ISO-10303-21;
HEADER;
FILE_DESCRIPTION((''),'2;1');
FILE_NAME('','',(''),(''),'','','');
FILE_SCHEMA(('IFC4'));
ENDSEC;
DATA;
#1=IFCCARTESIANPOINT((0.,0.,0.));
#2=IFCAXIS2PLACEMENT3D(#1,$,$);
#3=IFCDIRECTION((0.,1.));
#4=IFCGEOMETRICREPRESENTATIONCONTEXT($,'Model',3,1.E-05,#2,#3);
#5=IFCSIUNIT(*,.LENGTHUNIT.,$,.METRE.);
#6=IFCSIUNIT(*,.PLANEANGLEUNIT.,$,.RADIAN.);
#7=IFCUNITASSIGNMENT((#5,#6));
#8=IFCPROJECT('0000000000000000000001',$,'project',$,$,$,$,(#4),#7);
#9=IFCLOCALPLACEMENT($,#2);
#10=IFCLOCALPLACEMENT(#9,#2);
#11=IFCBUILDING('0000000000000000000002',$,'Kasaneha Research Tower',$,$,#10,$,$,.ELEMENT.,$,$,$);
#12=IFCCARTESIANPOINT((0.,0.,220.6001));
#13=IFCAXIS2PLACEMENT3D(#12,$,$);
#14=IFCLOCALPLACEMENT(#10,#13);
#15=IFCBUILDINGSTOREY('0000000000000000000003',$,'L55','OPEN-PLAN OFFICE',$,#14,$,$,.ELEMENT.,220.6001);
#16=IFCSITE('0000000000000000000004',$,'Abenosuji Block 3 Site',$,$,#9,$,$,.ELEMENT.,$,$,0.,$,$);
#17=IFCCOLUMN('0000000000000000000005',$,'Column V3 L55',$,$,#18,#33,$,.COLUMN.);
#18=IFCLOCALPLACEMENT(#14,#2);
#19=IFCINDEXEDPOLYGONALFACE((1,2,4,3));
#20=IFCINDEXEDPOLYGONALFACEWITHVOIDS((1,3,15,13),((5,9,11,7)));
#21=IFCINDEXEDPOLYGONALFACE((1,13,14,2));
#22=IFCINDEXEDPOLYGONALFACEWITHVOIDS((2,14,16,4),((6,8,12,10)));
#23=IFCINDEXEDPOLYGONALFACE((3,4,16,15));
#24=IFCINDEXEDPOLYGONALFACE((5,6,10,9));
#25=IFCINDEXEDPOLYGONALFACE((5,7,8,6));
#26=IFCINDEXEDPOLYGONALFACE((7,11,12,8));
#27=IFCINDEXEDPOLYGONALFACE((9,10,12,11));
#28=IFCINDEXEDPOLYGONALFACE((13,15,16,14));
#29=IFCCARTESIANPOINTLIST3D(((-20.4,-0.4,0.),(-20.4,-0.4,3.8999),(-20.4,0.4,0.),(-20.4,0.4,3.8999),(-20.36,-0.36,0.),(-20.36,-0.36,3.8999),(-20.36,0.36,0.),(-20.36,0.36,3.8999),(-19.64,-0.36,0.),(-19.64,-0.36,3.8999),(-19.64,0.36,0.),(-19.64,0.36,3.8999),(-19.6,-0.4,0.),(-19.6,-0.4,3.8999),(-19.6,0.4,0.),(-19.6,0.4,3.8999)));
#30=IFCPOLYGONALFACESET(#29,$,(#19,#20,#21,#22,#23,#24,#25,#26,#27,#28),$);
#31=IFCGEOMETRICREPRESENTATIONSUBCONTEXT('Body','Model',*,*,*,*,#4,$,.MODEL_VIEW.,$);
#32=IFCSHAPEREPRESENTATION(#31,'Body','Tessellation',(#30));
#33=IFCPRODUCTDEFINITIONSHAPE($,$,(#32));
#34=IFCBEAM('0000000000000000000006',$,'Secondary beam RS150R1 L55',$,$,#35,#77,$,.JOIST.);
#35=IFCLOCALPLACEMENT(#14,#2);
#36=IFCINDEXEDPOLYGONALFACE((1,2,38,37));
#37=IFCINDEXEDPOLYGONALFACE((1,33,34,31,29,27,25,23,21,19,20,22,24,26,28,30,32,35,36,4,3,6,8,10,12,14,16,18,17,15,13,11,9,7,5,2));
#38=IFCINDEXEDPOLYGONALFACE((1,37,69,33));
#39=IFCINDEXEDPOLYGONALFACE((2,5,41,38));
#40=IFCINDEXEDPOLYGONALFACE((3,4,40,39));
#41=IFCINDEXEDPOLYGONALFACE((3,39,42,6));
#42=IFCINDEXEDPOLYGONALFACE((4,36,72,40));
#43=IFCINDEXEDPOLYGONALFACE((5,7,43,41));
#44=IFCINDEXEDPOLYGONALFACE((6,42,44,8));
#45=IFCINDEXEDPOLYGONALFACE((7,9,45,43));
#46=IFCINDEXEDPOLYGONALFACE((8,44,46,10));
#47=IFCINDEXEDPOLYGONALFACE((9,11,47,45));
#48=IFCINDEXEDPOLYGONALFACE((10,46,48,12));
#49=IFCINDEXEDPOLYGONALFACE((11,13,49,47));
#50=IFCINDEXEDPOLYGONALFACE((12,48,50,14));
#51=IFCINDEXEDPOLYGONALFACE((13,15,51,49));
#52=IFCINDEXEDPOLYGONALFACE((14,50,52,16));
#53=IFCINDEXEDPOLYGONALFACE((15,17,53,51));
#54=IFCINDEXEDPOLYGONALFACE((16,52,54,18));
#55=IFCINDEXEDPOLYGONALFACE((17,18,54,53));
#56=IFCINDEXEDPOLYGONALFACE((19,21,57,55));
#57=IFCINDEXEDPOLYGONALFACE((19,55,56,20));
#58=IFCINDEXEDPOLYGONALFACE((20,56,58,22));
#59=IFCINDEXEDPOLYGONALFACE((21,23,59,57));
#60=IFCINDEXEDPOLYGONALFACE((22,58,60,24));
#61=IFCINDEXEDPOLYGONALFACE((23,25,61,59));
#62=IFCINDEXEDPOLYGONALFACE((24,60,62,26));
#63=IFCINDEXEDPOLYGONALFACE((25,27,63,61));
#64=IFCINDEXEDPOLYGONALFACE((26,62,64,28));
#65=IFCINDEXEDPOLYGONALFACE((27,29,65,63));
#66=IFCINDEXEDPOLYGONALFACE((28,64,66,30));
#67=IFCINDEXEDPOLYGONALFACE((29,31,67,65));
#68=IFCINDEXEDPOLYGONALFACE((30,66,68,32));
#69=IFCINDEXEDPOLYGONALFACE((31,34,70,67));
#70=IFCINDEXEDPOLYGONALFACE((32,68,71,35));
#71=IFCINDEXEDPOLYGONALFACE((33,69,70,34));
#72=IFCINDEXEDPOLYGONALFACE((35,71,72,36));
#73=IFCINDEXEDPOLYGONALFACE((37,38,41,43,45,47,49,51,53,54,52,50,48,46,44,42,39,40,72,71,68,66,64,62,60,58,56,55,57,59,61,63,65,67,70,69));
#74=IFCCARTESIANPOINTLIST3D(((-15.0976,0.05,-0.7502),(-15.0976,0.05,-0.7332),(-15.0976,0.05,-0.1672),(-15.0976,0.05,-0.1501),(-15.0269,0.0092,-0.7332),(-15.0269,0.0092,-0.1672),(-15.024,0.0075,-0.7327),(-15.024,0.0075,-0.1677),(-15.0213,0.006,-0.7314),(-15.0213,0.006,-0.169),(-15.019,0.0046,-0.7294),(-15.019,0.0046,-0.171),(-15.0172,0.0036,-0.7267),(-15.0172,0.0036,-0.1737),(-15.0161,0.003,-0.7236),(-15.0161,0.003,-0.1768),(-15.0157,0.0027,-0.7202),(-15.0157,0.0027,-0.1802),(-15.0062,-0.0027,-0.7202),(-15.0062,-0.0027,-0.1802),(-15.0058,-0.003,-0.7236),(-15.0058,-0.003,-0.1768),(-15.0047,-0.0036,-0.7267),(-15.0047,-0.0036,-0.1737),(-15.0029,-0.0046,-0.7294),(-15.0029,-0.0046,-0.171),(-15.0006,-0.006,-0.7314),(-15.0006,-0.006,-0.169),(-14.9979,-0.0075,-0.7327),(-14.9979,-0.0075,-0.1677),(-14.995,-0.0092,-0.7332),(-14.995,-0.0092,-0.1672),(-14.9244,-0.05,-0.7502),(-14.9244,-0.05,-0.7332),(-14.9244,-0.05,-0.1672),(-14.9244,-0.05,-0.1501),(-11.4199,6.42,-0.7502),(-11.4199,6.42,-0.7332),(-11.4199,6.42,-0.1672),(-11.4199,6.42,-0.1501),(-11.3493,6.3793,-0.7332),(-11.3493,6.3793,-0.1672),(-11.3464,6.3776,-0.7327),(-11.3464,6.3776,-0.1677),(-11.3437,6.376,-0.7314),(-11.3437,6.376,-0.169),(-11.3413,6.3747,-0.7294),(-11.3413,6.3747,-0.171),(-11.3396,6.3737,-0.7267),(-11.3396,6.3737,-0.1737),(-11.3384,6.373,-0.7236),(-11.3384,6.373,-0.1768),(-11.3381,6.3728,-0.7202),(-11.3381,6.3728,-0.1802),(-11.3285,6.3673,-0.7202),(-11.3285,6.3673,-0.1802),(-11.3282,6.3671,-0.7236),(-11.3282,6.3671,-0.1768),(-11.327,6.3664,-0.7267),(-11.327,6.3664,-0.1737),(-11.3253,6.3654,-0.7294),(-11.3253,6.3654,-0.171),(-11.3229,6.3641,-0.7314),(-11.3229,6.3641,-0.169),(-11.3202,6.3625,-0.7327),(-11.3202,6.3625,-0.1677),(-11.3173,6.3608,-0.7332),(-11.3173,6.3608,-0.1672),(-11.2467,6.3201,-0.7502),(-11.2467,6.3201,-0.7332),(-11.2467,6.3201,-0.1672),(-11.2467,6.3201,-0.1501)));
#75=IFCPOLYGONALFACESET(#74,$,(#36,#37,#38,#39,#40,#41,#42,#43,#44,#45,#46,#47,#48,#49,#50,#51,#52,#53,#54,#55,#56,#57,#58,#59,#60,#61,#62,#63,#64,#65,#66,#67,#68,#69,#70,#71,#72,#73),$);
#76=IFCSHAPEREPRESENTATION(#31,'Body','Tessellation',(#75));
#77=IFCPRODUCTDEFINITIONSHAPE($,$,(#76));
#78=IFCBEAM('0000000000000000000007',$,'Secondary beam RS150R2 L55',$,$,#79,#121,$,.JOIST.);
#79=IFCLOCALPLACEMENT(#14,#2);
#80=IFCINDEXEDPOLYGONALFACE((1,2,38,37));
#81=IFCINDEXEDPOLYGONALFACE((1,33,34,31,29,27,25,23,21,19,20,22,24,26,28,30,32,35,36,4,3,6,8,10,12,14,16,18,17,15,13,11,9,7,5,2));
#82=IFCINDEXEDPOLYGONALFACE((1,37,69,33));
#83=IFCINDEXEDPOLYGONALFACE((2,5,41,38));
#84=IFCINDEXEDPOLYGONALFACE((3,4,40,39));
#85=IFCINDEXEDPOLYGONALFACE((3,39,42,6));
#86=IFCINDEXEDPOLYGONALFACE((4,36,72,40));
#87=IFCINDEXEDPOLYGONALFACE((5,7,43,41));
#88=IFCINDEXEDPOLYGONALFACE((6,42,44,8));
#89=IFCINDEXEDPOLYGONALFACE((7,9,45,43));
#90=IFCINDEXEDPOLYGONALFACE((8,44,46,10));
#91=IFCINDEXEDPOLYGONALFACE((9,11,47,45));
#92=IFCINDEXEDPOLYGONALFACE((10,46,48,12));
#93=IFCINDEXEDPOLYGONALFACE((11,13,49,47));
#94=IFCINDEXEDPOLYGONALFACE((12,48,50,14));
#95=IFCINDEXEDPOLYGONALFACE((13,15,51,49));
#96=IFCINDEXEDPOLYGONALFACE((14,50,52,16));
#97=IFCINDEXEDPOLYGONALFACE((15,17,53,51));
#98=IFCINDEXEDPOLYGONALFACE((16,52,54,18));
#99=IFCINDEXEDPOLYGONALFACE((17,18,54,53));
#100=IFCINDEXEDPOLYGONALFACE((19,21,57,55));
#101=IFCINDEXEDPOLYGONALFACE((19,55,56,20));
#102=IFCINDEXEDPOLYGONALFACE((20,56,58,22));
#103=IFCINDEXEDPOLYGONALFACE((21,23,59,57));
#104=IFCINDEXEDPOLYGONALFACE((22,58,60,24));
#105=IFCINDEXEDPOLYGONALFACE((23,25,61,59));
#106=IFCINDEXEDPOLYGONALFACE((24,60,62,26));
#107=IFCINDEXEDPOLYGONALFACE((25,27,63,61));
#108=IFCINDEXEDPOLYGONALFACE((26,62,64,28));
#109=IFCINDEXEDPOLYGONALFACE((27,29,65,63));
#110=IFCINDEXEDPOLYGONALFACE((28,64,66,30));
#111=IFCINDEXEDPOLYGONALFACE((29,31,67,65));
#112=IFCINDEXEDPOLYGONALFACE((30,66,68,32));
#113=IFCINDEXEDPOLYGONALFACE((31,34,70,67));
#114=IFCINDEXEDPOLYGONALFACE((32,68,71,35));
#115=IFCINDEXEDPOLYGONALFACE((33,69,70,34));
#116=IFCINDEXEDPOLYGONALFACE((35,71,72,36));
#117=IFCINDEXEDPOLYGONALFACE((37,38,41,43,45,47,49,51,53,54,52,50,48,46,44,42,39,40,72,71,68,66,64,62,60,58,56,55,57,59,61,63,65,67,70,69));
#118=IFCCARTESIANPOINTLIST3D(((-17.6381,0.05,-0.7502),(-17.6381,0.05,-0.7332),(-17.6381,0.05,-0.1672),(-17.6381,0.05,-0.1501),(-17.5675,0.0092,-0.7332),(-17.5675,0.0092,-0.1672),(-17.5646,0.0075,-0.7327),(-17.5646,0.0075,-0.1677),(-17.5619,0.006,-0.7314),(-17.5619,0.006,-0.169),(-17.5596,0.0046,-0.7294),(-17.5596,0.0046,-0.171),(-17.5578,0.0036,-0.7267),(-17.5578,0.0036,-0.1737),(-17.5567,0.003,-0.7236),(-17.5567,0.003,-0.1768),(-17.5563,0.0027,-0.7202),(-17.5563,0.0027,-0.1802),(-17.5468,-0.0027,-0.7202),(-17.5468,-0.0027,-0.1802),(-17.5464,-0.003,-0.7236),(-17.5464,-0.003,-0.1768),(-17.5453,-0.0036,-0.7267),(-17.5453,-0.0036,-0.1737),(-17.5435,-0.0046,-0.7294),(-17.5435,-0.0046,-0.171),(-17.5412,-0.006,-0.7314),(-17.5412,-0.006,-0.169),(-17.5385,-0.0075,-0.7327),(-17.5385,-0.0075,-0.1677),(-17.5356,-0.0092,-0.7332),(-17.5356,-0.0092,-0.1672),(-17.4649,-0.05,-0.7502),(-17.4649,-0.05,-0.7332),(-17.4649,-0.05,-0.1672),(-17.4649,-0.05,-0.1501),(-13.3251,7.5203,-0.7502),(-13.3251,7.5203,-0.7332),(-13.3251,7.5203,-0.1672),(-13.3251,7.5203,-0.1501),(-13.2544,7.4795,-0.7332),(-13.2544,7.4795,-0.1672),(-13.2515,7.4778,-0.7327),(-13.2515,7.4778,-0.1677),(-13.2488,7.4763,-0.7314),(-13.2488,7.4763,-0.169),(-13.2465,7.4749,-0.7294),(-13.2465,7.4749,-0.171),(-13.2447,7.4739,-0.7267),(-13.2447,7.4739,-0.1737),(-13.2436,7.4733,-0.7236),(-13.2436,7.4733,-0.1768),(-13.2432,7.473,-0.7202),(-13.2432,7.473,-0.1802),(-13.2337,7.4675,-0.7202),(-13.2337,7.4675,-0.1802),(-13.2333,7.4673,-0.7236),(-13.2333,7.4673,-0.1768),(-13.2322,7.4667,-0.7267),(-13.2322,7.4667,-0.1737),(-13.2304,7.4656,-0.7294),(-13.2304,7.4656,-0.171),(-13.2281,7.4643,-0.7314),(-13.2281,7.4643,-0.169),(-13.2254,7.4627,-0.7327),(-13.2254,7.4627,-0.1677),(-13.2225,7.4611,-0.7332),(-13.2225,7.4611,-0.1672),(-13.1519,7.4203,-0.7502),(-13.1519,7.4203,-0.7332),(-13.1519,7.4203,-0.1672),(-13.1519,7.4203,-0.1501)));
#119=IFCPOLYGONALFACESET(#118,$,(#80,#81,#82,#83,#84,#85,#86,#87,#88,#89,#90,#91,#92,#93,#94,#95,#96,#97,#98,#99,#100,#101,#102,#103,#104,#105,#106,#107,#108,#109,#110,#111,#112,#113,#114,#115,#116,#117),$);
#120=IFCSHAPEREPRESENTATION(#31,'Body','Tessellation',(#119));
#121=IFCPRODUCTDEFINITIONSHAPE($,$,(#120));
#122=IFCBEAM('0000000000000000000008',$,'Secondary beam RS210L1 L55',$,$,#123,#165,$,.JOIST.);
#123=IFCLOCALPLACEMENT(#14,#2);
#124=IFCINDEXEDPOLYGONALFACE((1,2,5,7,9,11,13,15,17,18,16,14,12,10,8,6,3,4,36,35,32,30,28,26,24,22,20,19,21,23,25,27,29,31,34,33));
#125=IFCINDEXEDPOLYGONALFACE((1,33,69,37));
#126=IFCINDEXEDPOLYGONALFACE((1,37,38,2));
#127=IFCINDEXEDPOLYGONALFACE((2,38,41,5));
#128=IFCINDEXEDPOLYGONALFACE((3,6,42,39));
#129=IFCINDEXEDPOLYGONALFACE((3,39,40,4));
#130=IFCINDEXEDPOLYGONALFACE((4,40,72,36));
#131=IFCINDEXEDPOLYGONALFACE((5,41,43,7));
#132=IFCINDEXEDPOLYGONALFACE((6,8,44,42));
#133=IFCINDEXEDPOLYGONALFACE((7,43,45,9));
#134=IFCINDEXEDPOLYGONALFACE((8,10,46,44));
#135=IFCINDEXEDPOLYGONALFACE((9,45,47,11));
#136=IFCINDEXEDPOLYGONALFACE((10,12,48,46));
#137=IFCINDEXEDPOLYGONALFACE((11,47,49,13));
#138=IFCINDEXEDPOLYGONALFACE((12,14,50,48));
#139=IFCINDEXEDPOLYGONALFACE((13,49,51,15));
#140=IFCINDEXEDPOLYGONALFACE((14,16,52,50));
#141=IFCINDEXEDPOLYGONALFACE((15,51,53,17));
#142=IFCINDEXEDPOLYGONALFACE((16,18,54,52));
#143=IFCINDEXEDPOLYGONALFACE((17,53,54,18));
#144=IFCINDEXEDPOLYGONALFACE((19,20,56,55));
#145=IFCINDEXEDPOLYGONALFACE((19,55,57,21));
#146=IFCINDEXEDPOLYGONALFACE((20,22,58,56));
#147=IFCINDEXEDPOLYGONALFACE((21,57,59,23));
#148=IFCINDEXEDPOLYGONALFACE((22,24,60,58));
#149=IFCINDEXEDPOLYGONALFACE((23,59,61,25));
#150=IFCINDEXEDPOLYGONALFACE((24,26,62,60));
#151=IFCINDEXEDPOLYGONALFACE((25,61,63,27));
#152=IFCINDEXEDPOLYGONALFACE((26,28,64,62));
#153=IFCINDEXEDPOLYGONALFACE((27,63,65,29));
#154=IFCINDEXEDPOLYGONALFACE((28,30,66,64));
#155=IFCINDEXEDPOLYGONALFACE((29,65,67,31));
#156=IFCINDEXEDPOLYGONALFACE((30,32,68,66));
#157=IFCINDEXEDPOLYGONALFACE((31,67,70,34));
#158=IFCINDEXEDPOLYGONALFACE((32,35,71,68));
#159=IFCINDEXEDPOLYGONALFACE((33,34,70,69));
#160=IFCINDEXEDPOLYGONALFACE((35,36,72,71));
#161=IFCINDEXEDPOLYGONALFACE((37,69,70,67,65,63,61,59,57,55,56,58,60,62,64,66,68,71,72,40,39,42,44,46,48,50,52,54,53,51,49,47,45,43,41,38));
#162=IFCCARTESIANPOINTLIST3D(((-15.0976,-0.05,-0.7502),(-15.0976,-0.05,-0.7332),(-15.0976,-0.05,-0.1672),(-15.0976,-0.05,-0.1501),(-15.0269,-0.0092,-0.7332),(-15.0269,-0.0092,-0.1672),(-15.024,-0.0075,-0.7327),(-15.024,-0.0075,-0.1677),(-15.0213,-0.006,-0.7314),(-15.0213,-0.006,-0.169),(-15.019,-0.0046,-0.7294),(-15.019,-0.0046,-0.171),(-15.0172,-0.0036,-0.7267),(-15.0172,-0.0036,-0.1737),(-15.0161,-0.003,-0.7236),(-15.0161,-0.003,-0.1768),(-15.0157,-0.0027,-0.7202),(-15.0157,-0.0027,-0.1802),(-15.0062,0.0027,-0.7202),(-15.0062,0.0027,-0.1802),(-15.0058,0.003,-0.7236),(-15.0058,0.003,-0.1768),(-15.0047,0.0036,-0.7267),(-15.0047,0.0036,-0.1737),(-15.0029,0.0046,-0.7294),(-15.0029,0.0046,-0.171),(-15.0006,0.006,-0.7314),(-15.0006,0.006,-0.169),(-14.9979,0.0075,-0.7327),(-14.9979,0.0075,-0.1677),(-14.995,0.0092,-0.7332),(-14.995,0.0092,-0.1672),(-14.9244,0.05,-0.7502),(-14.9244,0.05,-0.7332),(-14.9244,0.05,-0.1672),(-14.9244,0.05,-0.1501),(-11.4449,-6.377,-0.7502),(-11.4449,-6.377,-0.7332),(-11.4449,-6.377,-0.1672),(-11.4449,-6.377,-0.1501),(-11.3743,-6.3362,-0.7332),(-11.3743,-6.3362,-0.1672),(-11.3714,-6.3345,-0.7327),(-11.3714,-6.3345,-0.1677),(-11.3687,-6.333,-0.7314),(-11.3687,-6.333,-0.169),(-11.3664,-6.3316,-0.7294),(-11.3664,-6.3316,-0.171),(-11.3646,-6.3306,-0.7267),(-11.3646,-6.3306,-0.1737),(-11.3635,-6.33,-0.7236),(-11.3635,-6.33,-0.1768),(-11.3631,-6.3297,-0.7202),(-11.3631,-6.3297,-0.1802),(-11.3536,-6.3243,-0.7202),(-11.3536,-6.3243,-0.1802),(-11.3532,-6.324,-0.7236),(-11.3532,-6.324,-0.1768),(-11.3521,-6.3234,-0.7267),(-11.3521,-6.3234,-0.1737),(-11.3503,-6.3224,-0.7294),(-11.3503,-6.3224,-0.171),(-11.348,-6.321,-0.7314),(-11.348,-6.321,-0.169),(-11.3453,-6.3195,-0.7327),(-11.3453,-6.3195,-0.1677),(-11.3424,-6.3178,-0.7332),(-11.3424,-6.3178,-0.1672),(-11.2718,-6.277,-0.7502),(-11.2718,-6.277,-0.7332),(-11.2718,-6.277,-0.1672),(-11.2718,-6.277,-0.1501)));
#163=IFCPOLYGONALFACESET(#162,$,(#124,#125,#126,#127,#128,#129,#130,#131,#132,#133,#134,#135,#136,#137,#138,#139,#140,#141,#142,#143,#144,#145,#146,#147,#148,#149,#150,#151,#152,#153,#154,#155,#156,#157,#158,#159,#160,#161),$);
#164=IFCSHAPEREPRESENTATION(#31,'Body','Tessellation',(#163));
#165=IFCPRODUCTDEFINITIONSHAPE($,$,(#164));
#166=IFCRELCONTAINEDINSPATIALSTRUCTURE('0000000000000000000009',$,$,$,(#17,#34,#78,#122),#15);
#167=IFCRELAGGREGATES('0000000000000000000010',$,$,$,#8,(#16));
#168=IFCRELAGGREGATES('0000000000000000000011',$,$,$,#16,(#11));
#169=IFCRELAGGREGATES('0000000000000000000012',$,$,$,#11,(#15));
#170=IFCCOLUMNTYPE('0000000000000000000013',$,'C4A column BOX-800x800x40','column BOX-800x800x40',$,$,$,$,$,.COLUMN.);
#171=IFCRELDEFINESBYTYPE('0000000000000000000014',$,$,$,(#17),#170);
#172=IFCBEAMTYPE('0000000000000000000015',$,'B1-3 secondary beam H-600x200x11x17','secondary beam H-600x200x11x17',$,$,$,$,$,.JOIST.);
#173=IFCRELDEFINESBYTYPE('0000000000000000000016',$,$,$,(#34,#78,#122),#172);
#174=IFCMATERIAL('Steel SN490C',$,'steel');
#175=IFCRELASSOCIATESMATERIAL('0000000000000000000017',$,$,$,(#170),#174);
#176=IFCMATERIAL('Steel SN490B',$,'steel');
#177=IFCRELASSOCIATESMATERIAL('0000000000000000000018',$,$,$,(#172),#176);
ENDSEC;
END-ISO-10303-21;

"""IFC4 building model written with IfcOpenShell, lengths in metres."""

from ifc_helpers import new_model, si_unit, direction, frame, origin, origin_2d, place, context, subcontext, project, spatial, hollow_rectangle, i_section, extrude, material, material_profile, profile_set, type_object, element, save


model = new_model("IFC4")

# Units and contexts
model_context = context("Model", 3, precision=1e-05, world=origin(), true_north=direction((0.0, 1.0)))
body_context = subcontext(model_context, "Body", "Model", "MODEL_VIEW")
ifc_project = project(units=[si_unit("LENGTHUNIT", "METRE"), si_unit("PLANEANGLEUNIT", "RADIAN")], contexts=[model_context])

# Site, building, storey
site_placement = place(None, origin())
site = spatial("IfcSite", under=ifc_project, at=site_placement, Name="Abenosuji Block 3 Site", CompositionType="ELEMENT", RefElevation=0.0)
building_placement = place(site_placement, origin())
building = spatial("IfcBuilding", under=site, at=building_placement, Name="Kasaneha Research Tower", CompositionType="ELEMENT")
storey_placement = place(building_placement, frame((0.0, 0.0, 220.6001)))
storey = spatial("IfcBuildingStorey", under=building, at=storey_placement, Name="L55", Description="OPEN-PLAN OFFICE", CompositionType="ELEMENT", Elevation=220.6001)

# Column
ifc_material_1 = material(Name="Steel SN490C", Category="steel")
ifc_material_profile_1 = material_profile(ifc_material_1, hollow_rectangle(XDim=0.8, YDim=0.8, WallThickness=0.04, at=origin_2d()), Name="BOX-800x800x40")
ifc_profile_set_1 = profile_set([ifc_material_profile_1], Name="Steel SN490C")
column_type = type_object("IfcColumnType", Name="C4A column BOX-800x800x40", Description="column BOX-800x800x40", PredefinedType="COLUMN", material=ifc_profile_set_1)
column_placement = place(storey_placement, frame((-20.0, 0.0, 0.0), z_axis=(0.0, 0.0, 1.0), x_axis=(1.0, 0.0, 0.0)))
element("IfcColumn", 1, at=column_placement, inside=storey, type_object=column_type, Name="Column V3 L55", PredefinedType="COLUMN", context=body_context, shape_type="SweptSolid", body=[
    extrude(hollow_rectangle(XDim=0.8, YDim=0.8, WallThickness=0.04, at=origin_2d()), origin(), (0.0, 0.0, 1.0), 3.8999),
])

# Beams
ifc_material_2 = material(Name="Steel SN490B", Category="steel")
ifc_material_profile_2 = material_profile(ifc_material_2, i_section(OverallWidth=0.2, OverallDepth=0.6001, WebThickness=0.011, FlangeThickness=0.0171, FilletRadius=0.0129, at=origin_2d()), Name="H-600x200x11x17")
ifc_profile_set_2 = profile_set([ifc_material_profile_2], Name="Steel SN490B")
beam_type_1 = type_object("IfcBeamType", Name="B1-3 secondary beam H-600x200x11x17", Description="secondary beam H-600x200x11x17", PredefinedType="JOIST", material=ifc_profile_set_2)
beam_1_placement = place(storey_placement, frame((-15.011, 0.0, -0.4502), z_axis=(0.499994, 0.866029, 0.0), x_axis=(-0.866029, 0.499994, 0.0)))
element("IfcBeam", 2, at=beam_1_placement, inside=storey, type_object=beam_type_1, Name="Secondary beam RS150R1 L55", PredefinedType="JOIST", context=body_context, shape_type="SweptSolid", body=[
    extrude(i_section(OverallWidth=0.2, OverallDepth=0.6001, WebThickness=0.011, FlangeThickness=0.0171, FilletRadius=0.0129, at=origin_2d()), origin(), (0.0, 0.0, 1.0), 7.3555),
])
beam_2_placement = place(storey_placement, frame((-17.5515, 0.0, -0.4502), z_axis=(0.500005, 0.866023, 0.0), x_axis=(-0.866023, 0.500005, 0.0)))
element("IfcBeam", 3, at=beam_2_placement, inside=storey, type_object=beam_type_1, Name="Secondary beam RS150R2 L55", PredefinedType="JOIST", context=body_context, shape_type="SweptSolid", body=[
    extrude(i_section(OverallWidth=0.2, OverallDepth=0.6001, WebThickness=0.011, FlangeThickness=0.0171, FilletRadius=0.0129, at=origin_2d()), origin(), (0.0, 0.0, 1.0), 8.626),
])
beam_3_placement = place(storey_placement, frame((-15.011, 0.0, -0.4502), z_axis=(0.499974, -0.86604, 0.0), x_axis=(0.86604, 0.499974, 0.0)))
element("IfcBeam", 4, at=beam_3_placement, inside=storey, type_object=beam_type_1, Name="Secondary beam RS210L1 L55", PredefinedType="JOIST", context=body_context, shape_type="SweptSolid", body=[
    extrude(i_section(OverallWidth=0.2, OverallDepth=0.6001, WebThickness=0.011, FlangeThickness=0.0171, FilletRadius=0.0129, at=origin_2d()), origin(), (0.0, 0.0, 1.0), 7.3057),
])

save(model, "model.ifc")
